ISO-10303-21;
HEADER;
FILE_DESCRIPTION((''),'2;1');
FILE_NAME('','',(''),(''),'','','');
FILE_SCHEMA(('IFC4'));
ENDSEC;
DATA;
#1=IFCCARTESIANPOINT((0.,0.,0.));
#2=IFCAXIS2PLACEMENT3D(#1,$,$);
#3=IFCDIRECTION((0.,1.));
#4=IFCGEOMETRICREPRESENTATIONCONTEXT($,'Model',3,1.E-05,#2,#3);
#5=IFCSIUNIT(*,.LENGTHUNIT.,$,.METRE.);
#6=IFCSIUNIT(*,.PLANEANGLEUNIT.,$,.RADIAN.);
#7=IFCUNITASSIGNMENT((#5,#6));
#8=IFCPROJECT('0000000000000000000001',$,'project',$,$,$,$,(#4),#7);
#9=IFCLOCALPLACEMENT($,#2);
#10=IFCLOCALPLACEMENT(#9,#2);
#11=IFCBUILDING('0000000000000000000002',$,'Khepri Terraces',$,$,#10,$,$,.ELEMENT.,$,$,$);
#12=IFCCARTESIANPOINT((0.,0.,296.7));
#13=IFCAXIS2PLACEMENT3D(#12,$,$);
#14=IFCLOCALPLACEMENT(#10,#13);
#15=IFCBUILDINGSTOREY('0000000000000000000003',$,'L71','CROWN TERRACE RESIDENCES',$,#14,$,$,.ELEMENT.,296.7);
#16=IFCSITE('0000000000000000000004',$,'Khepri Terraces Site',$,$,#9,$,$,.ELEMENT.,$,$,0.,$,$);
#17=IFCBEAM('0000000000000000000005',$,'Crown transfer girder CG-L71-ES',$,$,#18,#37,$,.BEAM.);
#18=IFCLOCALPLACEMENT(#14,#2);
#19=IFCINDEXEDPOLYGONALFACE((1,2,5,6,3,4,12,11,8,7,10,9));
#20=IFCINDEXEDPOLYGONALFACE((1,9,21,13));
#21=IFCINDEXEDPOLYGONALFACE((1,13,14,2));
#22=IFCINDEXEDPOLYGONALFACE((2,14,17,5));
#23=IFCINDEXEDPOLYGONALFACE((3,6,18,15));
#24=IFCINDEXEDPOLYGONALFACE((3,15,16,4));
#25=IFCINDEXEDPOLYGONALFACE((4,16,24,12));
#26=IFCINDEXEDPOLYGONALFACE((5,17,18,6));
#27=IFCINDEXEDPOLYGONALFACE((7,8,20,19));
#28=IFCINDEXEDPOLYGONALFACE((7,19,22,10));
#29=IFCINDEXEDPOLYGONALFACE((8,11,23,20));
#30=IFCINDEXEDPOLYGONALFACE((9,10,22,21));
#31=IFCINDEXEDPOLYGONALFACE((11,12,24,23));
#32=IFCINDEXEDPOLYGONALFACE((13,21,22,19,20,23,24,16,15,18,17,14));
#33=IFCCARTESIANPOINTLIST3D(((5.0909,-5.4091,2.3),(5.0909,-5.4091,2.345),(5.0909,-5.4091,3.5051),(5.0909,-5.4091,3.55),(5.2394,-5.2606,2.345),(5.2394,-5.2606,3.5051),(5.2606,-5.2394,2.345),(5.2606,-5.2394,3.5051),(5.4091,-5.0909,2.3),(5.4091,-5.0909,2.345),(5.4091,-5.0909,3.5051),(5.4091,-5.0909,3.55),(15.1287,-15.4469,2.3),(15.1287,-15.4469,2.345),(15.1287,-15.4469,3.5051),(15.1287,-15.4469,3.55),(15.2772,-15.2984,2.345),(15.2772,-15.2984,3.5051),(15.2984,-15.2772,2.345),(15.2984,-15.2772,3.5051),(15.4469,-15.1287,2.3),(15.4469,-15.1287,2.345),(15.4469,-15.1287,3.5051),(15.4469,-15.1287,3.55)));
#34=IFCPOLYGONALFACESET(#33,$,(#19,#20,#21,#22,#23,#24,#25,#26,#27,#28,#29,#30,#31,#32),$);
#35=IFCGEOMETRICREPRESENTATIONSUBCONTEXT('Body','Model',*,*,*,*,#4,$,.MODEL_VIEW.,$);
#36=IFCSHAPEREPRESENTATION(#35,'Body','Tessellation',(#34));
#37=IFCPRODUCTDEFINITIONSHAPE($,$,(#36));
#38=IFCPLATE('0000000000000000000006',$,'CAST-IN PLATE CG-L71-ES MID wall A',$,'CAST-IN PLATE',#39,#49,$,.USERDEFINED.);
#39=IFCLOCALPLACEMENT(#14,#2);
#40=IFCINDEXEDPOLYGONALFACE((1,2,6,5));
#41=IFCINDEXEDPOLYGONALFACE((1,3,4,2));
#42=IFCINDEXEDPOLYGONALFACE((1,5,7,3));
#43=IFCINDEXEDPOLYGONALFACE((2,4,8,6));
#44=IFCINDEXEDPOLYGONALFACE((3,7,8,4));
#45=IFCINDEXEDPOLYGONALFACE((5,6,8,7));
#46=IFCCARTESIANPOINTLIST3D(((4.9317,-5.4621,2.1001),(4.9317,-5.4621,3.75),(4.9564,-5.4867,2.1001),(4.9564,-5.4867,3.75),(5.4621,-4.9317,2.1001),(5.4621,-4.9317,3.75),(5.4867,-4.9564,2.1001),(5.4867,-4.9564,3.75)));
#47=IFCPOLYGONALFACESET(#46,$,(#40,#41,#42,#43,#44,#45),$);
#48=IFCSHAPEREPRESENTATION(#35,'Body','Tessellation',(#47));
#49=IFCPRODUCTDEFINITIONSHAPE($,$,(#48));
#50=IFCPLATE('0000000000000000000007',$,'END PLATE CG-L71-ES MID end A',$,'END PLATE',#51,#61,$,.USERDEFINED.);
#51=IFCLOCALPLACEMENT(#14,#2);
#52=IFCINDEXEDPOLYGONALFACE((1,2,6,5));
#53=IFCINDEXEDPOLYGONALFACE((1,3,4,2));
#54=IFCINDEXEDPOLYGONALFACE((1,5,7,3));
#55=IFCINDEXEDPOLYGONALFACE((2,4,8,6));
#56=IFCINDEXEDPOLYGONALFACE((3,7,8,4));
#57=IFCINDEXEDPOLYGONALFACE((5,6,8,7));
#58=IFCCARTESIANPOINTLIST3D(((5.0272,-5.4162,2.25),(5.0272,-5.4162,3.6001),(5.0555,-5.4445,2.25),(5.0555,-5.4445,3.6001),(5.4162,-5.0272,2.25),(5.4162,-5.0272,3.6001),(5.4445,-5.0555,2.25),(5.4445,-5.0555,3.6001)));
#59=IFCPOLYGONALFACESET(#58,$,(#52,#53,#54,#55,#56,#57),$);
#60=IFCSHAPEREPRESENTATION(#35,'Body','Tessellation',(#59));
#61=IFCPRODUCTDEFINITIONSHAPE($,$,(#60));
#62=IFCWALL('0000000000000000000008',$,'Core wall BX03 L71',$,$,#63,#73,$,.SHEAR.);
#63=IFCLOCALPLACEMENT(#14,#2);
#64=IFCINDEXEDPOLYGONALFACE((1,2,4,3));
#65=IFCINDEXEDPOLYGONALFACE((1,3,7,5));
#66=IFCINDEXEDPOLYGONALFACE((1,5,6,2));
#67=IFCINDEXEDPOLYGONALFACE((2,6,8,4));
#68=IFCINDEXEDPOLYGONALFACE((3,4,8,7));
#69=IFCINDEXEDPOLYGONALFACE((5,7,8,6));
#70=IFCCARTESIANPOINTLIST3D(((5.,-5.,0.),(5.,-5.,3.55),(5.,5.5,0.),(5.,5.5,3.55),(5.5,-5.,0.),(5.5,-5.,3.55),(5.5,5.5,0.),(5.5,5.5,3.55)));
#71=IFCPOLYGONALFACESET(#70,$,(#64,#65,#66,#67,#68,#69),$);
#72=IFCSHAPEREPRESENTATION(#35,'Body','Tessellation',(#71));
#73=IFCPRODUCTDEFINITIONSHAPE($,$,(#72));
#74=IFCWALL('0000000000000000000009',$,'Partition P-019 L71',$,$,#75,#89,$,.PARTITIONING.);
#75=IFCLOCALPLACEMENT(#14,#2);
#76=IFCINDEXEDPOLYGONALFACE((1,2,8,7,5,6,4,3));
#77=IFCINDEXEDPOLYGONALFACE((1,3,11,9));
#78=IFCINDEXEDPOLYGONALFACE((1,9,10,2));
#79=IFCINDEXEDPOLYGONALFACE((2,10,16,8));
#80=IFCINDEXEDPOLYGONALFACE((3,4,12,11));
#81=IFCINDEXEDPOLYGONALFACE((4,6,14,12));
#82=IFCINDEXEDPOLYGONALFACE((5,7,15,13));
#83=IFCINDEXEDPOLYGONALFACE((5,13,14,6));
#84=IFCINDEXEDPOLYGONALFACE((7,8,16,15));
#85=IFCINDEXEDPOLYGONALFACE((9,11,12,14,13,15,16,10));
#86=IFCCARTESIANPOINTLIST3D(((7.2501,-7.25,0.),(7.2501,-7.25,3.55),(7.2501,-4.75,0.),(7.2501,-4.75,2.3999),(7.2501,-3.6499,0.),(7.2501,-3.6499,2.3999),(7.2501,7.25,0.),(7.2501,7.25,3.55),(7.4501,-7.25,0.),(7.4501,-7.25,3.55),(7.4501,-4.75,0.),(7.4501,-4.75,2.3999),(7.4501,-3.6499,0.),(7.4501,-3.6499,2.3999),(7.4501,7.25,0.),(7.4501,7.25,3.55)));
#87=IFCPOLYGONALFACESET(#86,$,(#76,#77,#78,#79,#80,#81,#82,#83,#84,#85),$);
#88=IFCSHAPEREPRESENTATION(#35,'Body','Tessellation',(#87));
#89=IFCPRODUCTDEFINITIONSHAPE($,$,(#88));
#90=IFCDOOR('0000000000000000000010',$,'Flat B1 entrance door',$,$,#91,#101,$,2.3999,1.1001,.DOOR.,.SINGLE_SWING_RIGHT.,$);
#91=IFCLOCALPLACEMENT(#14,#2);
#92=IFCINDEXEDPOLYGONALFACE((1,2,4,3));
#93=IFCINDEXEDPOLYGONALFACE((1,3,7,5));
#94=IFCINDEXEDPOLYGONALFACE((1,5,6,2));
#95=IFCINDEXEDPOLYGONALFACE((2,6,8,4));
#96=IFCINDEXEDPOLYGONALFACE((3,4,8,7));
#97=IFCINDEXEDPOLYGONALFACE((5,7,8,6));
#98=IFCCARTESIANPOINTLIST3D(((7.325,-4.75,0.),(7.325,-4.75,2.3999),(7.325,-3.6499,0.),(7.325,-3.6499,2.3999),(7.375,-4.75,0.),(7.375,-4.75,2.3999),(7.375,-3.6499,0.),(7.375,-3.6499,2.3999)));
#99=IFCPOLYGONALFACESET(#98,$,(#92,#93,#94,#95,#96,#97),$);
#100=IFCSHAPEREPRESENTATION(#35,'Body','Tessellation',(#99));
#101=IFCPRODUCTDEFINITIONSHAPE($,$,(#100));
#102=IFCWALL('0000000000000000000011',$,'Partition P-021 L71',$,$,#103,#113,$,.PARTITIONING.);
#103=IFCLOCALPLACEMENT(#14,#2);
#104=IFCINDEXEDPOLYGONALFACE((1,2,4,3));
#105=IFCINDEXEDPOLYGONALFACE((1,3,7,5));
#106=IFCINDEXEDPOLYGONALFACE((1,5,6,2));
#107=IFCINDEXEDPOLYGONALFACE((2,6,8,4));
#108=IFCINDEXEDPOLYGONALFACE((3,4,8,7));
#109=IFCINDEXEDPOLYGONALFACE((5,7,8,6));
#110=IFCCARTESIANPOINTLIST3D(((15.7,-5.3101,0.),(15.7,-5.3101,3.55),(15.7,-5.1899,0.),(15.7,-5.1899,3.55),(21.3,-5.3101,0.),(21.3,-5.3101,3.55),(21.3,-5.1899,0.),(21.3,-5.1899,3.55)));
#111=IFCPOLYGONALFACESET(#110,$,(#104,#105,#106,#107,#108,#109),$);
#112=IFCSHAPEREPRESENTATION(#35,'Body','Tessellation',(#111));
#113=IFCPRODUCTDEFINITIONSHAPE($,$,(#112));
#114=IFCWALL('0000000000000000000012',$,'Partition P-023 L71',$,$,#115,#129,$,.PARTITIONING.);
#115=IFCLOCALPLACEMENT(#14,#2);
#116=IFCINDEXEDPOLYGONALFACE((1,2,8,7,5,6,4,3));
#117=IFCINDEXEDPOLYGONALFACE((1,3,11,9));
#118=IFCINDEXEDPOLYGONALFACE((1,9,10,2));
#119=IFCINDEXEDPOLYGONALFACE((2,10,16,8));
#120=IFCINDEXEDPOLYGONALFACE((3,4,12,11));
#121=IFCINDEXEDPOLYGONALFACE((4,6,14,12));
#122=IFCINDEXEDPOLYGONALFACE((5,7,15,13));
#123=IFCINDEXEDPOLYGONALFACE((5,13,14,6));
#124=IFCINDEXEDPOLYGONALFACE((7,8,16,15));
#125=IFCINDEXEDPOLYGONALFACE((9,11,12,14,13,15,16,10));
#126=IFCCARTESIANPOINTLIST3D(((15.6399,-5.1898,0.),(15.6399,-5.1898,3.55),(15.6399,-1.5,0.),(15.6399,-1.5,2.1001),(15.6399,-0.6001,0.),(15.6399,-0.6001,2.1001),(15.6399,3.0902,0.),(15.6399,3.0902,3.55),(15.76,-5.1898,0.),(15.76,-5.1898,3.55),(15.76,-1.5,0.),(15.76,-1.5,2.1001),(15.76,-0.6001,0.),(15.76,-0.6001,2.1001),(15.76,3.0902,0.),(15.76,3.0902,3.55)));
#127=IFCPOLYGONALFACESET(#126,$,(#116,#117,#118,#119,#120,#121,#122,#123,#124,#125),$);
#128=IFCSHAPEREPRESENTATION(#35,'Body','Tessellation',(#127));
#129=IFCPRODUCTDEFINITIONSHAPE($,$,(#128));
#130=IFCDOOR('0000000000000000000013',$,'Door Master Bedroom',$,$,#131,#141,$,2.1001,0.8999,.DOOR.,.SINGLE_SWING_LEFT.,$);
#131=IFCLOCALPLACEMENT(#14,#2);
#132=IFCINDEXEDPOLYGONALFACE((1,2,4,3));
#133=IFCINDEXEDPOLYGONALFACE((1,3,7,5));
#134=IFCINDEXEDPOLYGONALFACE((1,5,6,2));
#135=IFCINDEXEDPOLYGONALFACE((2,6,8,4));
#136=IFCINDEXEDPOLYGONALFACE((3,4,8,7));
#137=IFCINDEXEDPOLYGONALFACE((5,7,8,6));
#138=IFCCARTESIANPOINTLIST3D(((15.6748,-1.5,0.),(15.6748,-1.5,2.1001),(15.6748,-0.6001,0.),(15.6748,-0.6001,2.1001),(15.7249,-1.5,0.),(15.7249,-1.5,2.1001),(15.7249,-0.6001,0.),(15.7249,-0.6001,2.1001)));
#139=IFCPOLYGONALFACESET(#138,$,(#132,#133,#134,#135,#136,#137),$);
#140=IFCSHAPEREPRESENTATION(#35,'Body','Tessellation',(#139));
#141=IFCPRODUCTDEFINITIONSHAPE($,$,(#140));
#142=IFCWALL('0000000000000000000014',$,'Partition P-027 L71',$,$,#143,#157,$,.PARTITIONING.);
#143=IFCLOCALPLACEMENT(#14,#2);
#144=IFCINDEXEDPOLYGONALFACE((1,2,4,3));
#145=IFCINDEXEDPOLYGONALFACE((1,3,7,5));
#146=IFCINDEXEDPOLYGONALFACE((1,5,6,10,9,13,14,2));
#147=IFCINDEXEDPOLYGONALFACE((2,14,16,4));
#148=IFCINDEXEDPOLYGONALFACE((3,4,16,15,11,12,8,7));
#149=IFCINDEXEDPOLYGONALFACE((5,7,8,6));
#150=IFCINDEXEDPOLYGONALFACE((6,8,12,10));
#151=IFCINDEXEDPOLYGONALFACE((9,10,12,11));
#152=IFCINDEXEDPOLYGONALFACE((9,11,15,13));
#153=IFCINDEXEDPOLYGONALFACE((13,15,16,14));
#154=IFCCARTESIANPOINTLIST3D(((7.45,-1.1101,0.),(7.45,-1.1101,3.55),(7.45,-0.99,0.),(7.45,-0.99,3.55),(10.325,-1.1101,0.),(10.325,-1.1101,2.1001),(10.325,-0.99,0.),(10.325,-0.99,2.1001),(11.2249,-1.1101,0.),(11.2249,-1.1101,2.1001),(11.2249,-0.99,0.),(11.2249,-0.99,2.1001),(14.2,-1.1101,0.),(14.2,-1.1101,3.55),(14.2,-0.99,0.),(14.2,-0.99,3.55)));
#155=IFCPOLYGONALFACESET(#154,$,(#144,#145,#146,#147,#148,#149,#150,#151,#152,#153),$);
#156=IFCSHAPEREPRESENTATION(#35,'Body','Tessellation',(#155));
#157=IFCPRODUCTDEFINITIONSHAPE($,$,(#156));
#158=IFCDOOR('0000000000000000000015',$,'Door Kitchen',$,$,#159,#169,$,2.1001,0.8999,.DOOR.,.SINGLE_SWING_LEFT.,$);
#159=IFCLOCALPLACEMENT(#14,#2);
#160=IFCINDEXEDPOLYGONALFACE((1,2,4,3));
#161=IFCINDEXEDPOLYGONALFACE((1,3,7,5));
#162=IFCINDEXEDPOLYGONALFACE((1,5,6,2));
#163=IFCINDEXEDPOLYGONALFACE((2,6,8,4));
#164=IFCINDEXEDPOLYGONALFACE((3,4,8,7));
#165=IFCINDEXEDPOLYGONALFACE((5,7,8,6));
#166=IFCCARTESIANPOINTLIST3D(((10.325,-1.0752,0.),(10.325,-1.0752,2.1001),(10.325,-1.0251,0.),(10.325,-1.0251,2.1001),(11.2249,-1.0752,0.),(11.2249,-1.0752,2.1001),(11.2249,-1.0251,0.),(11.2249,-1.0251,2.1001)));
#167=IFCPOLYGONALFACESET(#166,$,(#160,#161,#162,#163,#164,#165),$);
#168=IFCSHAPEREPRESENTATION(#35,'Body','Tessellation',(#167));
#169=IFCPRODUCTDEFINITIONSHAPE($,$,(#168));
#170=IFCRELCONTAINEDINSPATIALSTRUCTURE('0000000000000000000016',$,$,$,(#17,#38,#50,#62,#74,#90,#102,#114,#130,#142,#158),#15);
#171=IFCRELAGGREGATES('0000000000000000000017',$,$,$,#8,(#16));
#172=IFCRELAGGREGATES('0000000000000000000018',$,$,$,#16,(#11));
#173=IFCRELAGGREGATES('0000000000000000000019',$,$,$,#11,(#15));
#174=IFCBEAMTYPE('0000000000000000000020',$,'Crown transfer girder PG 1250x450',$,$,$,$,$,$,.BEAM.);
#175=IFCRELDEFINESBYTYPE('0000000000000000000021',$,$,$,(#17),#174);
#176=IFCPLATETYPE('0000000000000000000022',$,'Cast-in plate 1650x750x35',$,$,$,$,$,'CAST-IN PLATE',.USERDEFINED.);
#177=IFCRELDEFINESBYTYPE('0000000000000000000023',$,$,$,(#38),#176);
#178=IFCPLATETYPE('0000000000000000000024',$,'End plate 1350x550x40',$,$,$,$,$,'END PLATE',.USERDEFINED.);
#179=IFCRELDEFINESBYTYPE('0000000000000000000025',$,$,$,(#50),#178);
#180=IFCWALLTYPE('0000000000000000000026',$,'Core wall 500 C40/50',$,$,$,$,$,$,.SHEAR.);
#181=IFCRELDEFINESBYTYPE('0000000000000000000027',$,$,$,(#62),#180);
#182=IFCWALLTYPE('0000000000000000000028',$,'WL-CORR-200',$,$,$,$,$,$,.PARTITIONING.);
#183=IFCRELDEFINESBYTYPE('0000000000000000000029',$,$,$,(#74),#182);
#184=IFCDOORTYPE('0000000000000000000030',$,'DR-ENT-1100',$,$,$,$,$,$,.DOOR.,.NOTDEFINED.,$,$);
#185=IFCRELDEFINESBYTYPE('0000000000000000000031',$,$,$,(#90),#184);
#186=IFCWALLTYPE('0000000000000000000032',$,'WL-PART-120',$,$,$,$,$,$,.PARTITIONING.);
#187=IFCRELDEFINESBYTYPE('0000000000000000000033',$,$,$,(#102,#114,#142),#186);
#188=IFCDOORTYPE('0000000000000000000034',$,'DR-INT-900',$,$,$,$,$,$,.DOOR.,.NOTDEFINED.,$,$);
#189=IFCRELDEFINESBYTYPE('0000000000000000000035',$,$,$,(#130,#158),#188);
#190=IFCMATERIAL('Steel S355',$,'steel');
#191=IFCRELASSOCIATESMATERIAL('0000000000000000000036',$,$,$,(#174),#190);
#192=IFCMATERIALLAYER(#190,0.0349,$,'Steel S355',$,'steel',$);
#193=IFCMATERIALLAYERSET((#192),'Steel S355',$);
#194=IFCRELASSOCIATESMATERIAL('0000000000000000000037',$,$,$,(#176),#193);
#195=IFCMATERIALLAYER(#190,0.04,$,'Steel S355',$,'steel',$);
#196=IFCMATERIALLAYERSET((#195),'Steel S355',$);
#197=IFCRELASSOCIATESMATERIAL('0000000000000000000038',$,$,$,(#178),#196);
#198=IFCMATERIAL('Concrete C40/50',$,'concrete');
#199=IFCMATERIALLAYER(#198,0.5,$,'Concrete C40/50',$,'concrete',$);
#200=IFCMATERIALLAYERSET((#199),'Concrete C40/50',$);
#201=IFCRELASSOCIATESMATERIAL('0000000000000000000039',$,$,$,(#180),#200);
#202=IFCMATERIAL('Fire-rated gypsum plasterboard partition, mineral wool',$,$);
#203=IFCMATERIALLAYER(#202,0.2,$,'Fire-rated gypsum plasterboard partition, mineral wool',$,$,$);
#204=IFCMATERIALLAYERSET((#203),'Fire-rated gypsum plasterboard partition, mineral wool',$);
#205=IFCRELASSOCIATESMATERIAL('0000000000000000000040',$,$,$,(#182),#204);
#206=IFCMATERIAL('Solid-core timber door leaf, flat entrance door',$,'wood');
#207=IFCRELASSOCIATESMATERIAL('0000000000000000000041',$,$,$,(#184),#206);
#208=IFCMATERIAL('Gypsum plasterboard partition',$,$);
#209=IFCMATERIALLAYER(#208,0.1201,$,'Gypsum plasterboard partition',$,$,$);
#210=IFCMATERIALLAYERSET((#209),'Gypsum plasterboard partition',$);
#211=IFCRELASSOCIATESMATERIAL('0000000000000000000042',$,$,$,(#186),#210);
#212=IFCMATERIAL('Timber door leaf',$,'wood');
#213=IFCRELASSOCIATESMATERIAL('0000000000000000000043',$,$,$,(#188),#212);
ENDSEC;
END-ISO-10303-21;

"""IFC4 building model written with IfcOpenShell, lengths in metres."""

from ifc_helpers import new_model, si_unit, direction, frame, frame_2d, origin, origin_2d, place, context, subcontext, project, spatial, rectangle, i_section, extrude, material, layer, layer_set, material_profile, profile_set, type_object, element, fill, save


model = new_model("IFC4")

# Units and contexts
model_context = context("Model", 3, precision=1e-05, world=origin(), true_north=direction((0.0, 1.0)))
body_context = subcontext(model_context, "Body", "Model", "MODEL_VIEW")
ifc_project = project(units=[si_unit("LENGTHUNIT", "METRE"), si_unit("PLANEANGLEUNIT", "RADIAN")], contexts=[model_context])

# Site, building, storey
site_placement = place(None, origin())
site = spatial("IfcSite", under=ifc_project, at=site_placement, Name="Khepri Terraces Site", CompositionType="ELEMENT", RefElevation=0.0)
building_placement = place(site_placement, origin())
building = spatial("IfcBuilding", under=site, at=building_placement, Name="Khepri Terraces", CompositionType="ELEMENT")
storey_placement = place(building_placement, frame((0.0, 0.0, 296.7)))
storey = spatial("IfcBuildingStorey", under=building, at=storey_placement, Name="L71", Description="CROWN TERRACE RESIDENCES", CompositionType="ELEMENT", Elevation=296.7)

# Beam
ifc_material_1 = material(Name="Steel S355", Category="steel")
ifc_material_profile = material_profile(ifc_material_1, i_section(OverallWidth=0.45, OverallDepth=1.25, WebThickness=0.03, FlangeThickness=0.0449, at=origin_2d()), Name="Steel S355", Category="steel")
ifc_profile_set = profile_set([ifc_material_profile], Name="Steel S355")
beam_type = type_object("IfcBeamType", Name="Crown transfer girder PG 1250x450", PredefinedType="BEAM", material=ifc_profile_set)
beam_placement = place(storey_placement, frame((5.25, -5.25, 2.925), z_axis=(0.707107, -0.707107, 0.0), x_axis=(0.707107, 0.707107, 0.0)))
element("IfcBeam", 1, at=beam_placement, inside=storey, type_object=beam_type, Name="Crown transfer girder CG-L71-ES", PredefinedType="BEAM", context=body_context, shape_type="SweptSolid", body=[
    extrude(i_section(OverallWidth=0.45, OverallDepth=1.25, WebThickness=0.03, FlangeThickness=0.0449, at=origin_2d()), origin(), (0.0, 0.0, 1.0), 14.1956),
])

# Plates
ifc_layer_1 = layer(ifc_material_1, 0.0349, Name="Steel S355", Category="steel")
ifc_layer_set_1 = layer_set([ifc_layer_1], Name="Steel S355")
plate_type_1 = type_object("IfcPlateType", Name="Cast-in plate 1650x750x35", ElementType="CAST-IN PLATE", PredefinedType="USERDEFINED", material=ifc_layer_set_1)
plate_1_placement = place(storey_placement, frame((5.2092, -5.2092, 2.1001), z_axis=(0.0, 0.0, 1.0), x_axis=(0.707107, -0.707107, 0.0)))
element("IfcPlate", 2, at=plate_1_placement, inside=storey, type_object=plate_type_1, Name="CAST-IN PLATE CG-L71-ES MID wall A", ObjectType="CAST-IN PLATE", PredefinedType="USERDEFINED", context=body_context, shape_type="SweptSolid", body=[
    extrude(rectangle(XDim=0.0349, YDim=0.75, at=origin_2d()), origin(), (0.0, 0.0, 1.0), 1.6499),
])
ifc_layer_2 = layer(ifc_material_1, 0.04, Name="Steel S355", Category="steel")
ifc_layer_set_2 = layer_set([ifc_layer_2], Name="Steel S355")
plate_type_2 = type_object("IfcPlateType", Name="End plate 1350x550x40", ElementType="END PLATE", PredefinedType="USERDEFINED", material=ifc_layer_set_2)
plate_2_placement = place(storey_placement, frame((5.2358, -5.2358, 2.25), z_axis=(0.0, 0.0, 1.0), x_axis=(0.707107, -0.707107, 0.0)))
element("IfcPlate", 3, at=plate_2_placement, inside=storey, type_object=plate_type_2, Name="END PLATE CG-L71-ES MID end A", ObjectType="END PLATE", PredefinedType="USERDEFINED", context=body_context, shape_type="SweptSolid", body=[
    extrude(rectangle(XDim=0.04, YDim=0.55, at=origin_2d()), origin(), (0.0, 0.0, 1.0), 1.3501),
])

# Wall
ifc_material_2 = material(Name="Concrete C40/50", Category="concrete")
ifc_layer_3 = layer(ifc_material_2, 0.5, Name="Concrete C40/50", Category="concrete")
ifc_layer_set_3 = layer_set([ifc_layer_3], Name="Concrete C40/50")
wall_type_1 = type_object("IfcWallType", Name="Core wall 500 C40/50", PredefinedType="SHEAR", material=ifc_layer_set_3)
wall_1_placement = place(storey_placement, frame((5.25, -5.0, 0.0), z_axis=(0.0, 0.0, 1.0), x_axis=(0.0, 1.0, 0.0)))
element("IfcWall", 4, at=wall_1_placement, inside=storey, type_object=wall_type_1, Name="Core wall BX03 L71", PredefinedType="SHEAR", context=body_context, shape_type="SweptSolid", body=[
    extrude(rectangle(XDim=10.5, YDim=0.5, at=frame_2d((5.25, 0.0))), origin(), (0.0, 0.0, 1.0), 3.55),
])

# Wall, opening, door
ifc_material_3 = material(Name="Fire-rated gypsum plasterboard partition, mineral wool")
ifc_layer_4 = layer(ifc_material_3, 0.2, Name="Fire-rated gypsum plasterboard partition, mineral wool")
ifc_layer_set_4 = layer_set([ifc_layer_4], Name="Fire-rated gypsum plasterboard partition, mineral wool")
wall_type_2 = type_object("IfcWallType", Name="WL-CORR-200", PredefinedType="PARTITIONING", material=ifc_layer_set_4)
wall_2_placement = place(storey_placement, frame((7.3501, -7.25, 0.0), z_axis=(0.0, 0.0, 1.0), x_axis=(0.0, 1.0, 0.0)))
wall_2 = element("IfcWall", 5, at=wall_2_placement, inside=storey, type_object=wall_type_2, Name="Partition P-019 L71", PredefinedType="PARTITIONING", context=body_context, shape_type="SweptSolid", body=[
    extrude(rectangle(XDim=14.5, YDim=0.2, at=frame_2d((7.25, 0.0))), origin(), (0.0, 0.0, 1.0), 3.55),
])
opening_1_placement = place(wall_2_placement, frame((2.5, 0.0, 0.0)))
opening_1 = element("IfcOpeningElement", 6, at=opening_1_placement, cuts=wall_2, PredefinedType="OPENING", context=body_context, shape_type="SweptSolid", body=[
    extrude(rectangle(XDim=1.1001, YDim=2.3999, at=frame_2d((0.55, 1.2))), frame((0.0, 0.1099, 0.0), z_axis=(0.0, -1.0, 0.0), x_axis=(1.0, 0.0, 0.0)), (0.0, 0.0, 1.0), 0.22),
])
ifc_material_4 = material(Name="Solid-core timber door leaf, flat entrance door", Category="wood")
door_type_1 = type_object("IfcDoorType", Name="DR-ENT-1100", OperationType="NOTDEFINED", PredefinedType="DOOR", material=ifc_material_4)
door_1_placement = place(opening_1_placement, frame((1.1001, 0.0, 0.0), z_axis=(0.0, 0.0, 1.0), x_axis=(-1.0, 0.0, 0.0)))
door_1 = element("IfcDoor", 7, at=door_1_placement, inside=storey, type_object=door_type_1, Name="Flat B1 entrance door", OperationType="SINGLE_SWING_RIGHT", OverallHeight=2.3999, OverallWidth=1.1001, PredefinedType="DOOR", context=body_context, shape_type="SweptSolid", body=[
    extrude(rectangle(XDim=1.1001, YDim=2.3999, at=frame_2d((0.55, 1.2))), frame((0.0, 0.0249, 0.0), z_axis=(0.0, -1.0, 0.0), x_axis=(1.0, 0.0, 0.0)), (0.0, 0.0, 1.0), 0.05),
])
fill(opening_1, door_1)

# Wall
ifc_material_5 = material(Name="Gypsum plasterboard partition")
ifc_layer_5 = layer(ifc_material_5, 0.1201, Name="Gypsum plasterboard partition")
ifc_layer_set_5 = layer_set([ifc_layer_5], Name="Gypsum plasterboard partition")
wall_type_3 = type_object("IfcWallType", Name="WL-PART-120", PredefinedType="PARTITIONING", material=ifc_layer_set_5)
wall_3_placement = place(storey_placement, frame((15.7, -5.25, 0.0), z_axis=(0.0, 0.0, 1.0), x_axis=(1.0, 0.0, 0.0)))
element("IfcWall", 8, at=wall_3_placement, inside=storey, type_object=wall_type_3, Name="Partition P-021 L71", PredefinedType="PARTITIONING", context=body_context, shape_type="SweptSolid", body=[
    extrude(rectangle(XDim=5.6001, YDim=0.1201, at=frame_2d((2.8, 0.0))), origin(), (0.0, 0.0, 1.0), 3.55),
])

# Walls, openings, doors
wall_4_placement = place(storey_placement, frame((15.7, -5.1899, 0.0), z_axis=(0.0, 0.0, 1.0), x_axis=(0.0, 1.0, 0.0)))
wall_4 = element("IfcWall", 9, at=wall_4_placement, inside=storey, type_object=wall_type_3, Name="Partition P-023 L71", PredefinedType="PARTITIONING", context=body_context, shape_type="SweptSolid", body=[
    extrude(rectangle(XDim=8.28, YDim=0.1201, at=frame_2d((4.1401, 0.0))), origin(), (0.0, 0.0, 1.0), 3.55),
])
opening_2_placement = place(wall_4_placement, frame((3.6899, 0.0, 0.0)))
opening_2 = element("IfcOpeningElement", 10, at=opening_2_placement, cuts=wall_4, PredefinedType="OPENING", context=body_context, shape_type="SweptSolid", body=[
    extrude(rectangle(XDim=0.8999, YDim=2.1001, at=frame_2d((0.45, 1.05))), frame((0.0, 0.0701, 0.0), z_axis=(0.0, -1.0, 0.0), x_axis=(1.0, 0.0, 0.0)), (0.0, 0.0, 1.0), 0.1401),
])
ifc_material_6 = material(Name="Timber door leaf", Category="wood")
door_type_2 = type_object("IfcDoorType", Name="DR-INT-900", OperationType="NOTDEFINED", PredefinedType="DOOR", material=ifc_material_6)
door_2_placement = place(opening_2_placement, frame((0.8999, 0.0, 0.0), z_axis=(0.0, 0.0, 1.0), x_axis=(-1.0, 0.0, 0.0)))
door_2 = element("IfcDoor", 11, at=door_2_placement, inside=storey, type_object=door_type_2, Name="Door Master Bedroom", OperationType="SINGLE_SWING_LEFT", OverallHeight=2.1001, OverallWidth=0.8999, PredefinedType="DOOR", context=body_context, shape_type="SweptSolid", body=[
    extrude(rectangle(XDim=0.8999, YDim=2.1001, at=frame_2d((0.45, 1.05))), frame((0.0, 0.0249, 0.0), z_axis=(0.0, -1.0, 0.0), x_axis=(1.0, 0.0, 0.0)), (0.0, 0.0, 1.0), 0.05),
])
fill(opening_2, door_2)
wall_5_placement = place(storey_placement, frame((7.45, -1.05, 0.0), z_axis=(0.0, 0.0, 1.0), x_axis=(1.0, 0.0, 0.0)))
wall_5 = element("IfcWall", 12, at=wall_5_placement, inside=storey, type_object=wall_type_3, Name="Partition P-027 L71", PredefinedType="PARTITIONING", context=body_context, shape_type="SweptSolid", body=[
    extrude(rectangle(XDim=6.75, YDim=0.1201, at=frame_2d((3.375, 0.0))), origin(), (0.0, 0.0, 1.0), 3.55),
])
opening_3_placement = place(wall_5_placement, frame((2.875, 0.0, 0.0)))
opening_3 = element("IfcOpeningElement", 13, at=opening_3_placement, cuts=wall_5, PredefinedType="OPENING", context=body_context, shape_type="SweptSolid", body=[
    extrude(rectangle(XDim=0.8999, YDim=2.1001, at=frame_2d((0.45, 1.05))), frame((0.0, 0.0701, 0.0), z_axis=(0.0, -1.0, 0.0), x_axis=(1.0, 0.0, 0.0)), (0.0, 0.0, 1.0), 0.1401),
])
door_3_placement = place(opening_3_placement, origin())
door_3 = element("IfcDoor", 14, at=door_3_placement, inside=storey, type_object=door_type_2, Name="Door Kitchen", OperationType="SINGLE_SWING_LEFT", OverallHeight=2.1001, OverallWidth=0.8999, PredefinedType="DOOR", context=body_context, shape_type="SweptSolid", body=[
    extrude(rectangle(XDim=0.8999, YDim=2.1001, at=frame_2d((0.45, 1.05))), frame((0.0, 0.0249, 0.0), z_axis=(0.0, -1.0, 0.0), x_axis=(1.0, 0.0, 0.0)), (0.0, 0.0, 1.0), 0.05),
])
fill(opening_3, door_3)

save(model, "model.ifc")
